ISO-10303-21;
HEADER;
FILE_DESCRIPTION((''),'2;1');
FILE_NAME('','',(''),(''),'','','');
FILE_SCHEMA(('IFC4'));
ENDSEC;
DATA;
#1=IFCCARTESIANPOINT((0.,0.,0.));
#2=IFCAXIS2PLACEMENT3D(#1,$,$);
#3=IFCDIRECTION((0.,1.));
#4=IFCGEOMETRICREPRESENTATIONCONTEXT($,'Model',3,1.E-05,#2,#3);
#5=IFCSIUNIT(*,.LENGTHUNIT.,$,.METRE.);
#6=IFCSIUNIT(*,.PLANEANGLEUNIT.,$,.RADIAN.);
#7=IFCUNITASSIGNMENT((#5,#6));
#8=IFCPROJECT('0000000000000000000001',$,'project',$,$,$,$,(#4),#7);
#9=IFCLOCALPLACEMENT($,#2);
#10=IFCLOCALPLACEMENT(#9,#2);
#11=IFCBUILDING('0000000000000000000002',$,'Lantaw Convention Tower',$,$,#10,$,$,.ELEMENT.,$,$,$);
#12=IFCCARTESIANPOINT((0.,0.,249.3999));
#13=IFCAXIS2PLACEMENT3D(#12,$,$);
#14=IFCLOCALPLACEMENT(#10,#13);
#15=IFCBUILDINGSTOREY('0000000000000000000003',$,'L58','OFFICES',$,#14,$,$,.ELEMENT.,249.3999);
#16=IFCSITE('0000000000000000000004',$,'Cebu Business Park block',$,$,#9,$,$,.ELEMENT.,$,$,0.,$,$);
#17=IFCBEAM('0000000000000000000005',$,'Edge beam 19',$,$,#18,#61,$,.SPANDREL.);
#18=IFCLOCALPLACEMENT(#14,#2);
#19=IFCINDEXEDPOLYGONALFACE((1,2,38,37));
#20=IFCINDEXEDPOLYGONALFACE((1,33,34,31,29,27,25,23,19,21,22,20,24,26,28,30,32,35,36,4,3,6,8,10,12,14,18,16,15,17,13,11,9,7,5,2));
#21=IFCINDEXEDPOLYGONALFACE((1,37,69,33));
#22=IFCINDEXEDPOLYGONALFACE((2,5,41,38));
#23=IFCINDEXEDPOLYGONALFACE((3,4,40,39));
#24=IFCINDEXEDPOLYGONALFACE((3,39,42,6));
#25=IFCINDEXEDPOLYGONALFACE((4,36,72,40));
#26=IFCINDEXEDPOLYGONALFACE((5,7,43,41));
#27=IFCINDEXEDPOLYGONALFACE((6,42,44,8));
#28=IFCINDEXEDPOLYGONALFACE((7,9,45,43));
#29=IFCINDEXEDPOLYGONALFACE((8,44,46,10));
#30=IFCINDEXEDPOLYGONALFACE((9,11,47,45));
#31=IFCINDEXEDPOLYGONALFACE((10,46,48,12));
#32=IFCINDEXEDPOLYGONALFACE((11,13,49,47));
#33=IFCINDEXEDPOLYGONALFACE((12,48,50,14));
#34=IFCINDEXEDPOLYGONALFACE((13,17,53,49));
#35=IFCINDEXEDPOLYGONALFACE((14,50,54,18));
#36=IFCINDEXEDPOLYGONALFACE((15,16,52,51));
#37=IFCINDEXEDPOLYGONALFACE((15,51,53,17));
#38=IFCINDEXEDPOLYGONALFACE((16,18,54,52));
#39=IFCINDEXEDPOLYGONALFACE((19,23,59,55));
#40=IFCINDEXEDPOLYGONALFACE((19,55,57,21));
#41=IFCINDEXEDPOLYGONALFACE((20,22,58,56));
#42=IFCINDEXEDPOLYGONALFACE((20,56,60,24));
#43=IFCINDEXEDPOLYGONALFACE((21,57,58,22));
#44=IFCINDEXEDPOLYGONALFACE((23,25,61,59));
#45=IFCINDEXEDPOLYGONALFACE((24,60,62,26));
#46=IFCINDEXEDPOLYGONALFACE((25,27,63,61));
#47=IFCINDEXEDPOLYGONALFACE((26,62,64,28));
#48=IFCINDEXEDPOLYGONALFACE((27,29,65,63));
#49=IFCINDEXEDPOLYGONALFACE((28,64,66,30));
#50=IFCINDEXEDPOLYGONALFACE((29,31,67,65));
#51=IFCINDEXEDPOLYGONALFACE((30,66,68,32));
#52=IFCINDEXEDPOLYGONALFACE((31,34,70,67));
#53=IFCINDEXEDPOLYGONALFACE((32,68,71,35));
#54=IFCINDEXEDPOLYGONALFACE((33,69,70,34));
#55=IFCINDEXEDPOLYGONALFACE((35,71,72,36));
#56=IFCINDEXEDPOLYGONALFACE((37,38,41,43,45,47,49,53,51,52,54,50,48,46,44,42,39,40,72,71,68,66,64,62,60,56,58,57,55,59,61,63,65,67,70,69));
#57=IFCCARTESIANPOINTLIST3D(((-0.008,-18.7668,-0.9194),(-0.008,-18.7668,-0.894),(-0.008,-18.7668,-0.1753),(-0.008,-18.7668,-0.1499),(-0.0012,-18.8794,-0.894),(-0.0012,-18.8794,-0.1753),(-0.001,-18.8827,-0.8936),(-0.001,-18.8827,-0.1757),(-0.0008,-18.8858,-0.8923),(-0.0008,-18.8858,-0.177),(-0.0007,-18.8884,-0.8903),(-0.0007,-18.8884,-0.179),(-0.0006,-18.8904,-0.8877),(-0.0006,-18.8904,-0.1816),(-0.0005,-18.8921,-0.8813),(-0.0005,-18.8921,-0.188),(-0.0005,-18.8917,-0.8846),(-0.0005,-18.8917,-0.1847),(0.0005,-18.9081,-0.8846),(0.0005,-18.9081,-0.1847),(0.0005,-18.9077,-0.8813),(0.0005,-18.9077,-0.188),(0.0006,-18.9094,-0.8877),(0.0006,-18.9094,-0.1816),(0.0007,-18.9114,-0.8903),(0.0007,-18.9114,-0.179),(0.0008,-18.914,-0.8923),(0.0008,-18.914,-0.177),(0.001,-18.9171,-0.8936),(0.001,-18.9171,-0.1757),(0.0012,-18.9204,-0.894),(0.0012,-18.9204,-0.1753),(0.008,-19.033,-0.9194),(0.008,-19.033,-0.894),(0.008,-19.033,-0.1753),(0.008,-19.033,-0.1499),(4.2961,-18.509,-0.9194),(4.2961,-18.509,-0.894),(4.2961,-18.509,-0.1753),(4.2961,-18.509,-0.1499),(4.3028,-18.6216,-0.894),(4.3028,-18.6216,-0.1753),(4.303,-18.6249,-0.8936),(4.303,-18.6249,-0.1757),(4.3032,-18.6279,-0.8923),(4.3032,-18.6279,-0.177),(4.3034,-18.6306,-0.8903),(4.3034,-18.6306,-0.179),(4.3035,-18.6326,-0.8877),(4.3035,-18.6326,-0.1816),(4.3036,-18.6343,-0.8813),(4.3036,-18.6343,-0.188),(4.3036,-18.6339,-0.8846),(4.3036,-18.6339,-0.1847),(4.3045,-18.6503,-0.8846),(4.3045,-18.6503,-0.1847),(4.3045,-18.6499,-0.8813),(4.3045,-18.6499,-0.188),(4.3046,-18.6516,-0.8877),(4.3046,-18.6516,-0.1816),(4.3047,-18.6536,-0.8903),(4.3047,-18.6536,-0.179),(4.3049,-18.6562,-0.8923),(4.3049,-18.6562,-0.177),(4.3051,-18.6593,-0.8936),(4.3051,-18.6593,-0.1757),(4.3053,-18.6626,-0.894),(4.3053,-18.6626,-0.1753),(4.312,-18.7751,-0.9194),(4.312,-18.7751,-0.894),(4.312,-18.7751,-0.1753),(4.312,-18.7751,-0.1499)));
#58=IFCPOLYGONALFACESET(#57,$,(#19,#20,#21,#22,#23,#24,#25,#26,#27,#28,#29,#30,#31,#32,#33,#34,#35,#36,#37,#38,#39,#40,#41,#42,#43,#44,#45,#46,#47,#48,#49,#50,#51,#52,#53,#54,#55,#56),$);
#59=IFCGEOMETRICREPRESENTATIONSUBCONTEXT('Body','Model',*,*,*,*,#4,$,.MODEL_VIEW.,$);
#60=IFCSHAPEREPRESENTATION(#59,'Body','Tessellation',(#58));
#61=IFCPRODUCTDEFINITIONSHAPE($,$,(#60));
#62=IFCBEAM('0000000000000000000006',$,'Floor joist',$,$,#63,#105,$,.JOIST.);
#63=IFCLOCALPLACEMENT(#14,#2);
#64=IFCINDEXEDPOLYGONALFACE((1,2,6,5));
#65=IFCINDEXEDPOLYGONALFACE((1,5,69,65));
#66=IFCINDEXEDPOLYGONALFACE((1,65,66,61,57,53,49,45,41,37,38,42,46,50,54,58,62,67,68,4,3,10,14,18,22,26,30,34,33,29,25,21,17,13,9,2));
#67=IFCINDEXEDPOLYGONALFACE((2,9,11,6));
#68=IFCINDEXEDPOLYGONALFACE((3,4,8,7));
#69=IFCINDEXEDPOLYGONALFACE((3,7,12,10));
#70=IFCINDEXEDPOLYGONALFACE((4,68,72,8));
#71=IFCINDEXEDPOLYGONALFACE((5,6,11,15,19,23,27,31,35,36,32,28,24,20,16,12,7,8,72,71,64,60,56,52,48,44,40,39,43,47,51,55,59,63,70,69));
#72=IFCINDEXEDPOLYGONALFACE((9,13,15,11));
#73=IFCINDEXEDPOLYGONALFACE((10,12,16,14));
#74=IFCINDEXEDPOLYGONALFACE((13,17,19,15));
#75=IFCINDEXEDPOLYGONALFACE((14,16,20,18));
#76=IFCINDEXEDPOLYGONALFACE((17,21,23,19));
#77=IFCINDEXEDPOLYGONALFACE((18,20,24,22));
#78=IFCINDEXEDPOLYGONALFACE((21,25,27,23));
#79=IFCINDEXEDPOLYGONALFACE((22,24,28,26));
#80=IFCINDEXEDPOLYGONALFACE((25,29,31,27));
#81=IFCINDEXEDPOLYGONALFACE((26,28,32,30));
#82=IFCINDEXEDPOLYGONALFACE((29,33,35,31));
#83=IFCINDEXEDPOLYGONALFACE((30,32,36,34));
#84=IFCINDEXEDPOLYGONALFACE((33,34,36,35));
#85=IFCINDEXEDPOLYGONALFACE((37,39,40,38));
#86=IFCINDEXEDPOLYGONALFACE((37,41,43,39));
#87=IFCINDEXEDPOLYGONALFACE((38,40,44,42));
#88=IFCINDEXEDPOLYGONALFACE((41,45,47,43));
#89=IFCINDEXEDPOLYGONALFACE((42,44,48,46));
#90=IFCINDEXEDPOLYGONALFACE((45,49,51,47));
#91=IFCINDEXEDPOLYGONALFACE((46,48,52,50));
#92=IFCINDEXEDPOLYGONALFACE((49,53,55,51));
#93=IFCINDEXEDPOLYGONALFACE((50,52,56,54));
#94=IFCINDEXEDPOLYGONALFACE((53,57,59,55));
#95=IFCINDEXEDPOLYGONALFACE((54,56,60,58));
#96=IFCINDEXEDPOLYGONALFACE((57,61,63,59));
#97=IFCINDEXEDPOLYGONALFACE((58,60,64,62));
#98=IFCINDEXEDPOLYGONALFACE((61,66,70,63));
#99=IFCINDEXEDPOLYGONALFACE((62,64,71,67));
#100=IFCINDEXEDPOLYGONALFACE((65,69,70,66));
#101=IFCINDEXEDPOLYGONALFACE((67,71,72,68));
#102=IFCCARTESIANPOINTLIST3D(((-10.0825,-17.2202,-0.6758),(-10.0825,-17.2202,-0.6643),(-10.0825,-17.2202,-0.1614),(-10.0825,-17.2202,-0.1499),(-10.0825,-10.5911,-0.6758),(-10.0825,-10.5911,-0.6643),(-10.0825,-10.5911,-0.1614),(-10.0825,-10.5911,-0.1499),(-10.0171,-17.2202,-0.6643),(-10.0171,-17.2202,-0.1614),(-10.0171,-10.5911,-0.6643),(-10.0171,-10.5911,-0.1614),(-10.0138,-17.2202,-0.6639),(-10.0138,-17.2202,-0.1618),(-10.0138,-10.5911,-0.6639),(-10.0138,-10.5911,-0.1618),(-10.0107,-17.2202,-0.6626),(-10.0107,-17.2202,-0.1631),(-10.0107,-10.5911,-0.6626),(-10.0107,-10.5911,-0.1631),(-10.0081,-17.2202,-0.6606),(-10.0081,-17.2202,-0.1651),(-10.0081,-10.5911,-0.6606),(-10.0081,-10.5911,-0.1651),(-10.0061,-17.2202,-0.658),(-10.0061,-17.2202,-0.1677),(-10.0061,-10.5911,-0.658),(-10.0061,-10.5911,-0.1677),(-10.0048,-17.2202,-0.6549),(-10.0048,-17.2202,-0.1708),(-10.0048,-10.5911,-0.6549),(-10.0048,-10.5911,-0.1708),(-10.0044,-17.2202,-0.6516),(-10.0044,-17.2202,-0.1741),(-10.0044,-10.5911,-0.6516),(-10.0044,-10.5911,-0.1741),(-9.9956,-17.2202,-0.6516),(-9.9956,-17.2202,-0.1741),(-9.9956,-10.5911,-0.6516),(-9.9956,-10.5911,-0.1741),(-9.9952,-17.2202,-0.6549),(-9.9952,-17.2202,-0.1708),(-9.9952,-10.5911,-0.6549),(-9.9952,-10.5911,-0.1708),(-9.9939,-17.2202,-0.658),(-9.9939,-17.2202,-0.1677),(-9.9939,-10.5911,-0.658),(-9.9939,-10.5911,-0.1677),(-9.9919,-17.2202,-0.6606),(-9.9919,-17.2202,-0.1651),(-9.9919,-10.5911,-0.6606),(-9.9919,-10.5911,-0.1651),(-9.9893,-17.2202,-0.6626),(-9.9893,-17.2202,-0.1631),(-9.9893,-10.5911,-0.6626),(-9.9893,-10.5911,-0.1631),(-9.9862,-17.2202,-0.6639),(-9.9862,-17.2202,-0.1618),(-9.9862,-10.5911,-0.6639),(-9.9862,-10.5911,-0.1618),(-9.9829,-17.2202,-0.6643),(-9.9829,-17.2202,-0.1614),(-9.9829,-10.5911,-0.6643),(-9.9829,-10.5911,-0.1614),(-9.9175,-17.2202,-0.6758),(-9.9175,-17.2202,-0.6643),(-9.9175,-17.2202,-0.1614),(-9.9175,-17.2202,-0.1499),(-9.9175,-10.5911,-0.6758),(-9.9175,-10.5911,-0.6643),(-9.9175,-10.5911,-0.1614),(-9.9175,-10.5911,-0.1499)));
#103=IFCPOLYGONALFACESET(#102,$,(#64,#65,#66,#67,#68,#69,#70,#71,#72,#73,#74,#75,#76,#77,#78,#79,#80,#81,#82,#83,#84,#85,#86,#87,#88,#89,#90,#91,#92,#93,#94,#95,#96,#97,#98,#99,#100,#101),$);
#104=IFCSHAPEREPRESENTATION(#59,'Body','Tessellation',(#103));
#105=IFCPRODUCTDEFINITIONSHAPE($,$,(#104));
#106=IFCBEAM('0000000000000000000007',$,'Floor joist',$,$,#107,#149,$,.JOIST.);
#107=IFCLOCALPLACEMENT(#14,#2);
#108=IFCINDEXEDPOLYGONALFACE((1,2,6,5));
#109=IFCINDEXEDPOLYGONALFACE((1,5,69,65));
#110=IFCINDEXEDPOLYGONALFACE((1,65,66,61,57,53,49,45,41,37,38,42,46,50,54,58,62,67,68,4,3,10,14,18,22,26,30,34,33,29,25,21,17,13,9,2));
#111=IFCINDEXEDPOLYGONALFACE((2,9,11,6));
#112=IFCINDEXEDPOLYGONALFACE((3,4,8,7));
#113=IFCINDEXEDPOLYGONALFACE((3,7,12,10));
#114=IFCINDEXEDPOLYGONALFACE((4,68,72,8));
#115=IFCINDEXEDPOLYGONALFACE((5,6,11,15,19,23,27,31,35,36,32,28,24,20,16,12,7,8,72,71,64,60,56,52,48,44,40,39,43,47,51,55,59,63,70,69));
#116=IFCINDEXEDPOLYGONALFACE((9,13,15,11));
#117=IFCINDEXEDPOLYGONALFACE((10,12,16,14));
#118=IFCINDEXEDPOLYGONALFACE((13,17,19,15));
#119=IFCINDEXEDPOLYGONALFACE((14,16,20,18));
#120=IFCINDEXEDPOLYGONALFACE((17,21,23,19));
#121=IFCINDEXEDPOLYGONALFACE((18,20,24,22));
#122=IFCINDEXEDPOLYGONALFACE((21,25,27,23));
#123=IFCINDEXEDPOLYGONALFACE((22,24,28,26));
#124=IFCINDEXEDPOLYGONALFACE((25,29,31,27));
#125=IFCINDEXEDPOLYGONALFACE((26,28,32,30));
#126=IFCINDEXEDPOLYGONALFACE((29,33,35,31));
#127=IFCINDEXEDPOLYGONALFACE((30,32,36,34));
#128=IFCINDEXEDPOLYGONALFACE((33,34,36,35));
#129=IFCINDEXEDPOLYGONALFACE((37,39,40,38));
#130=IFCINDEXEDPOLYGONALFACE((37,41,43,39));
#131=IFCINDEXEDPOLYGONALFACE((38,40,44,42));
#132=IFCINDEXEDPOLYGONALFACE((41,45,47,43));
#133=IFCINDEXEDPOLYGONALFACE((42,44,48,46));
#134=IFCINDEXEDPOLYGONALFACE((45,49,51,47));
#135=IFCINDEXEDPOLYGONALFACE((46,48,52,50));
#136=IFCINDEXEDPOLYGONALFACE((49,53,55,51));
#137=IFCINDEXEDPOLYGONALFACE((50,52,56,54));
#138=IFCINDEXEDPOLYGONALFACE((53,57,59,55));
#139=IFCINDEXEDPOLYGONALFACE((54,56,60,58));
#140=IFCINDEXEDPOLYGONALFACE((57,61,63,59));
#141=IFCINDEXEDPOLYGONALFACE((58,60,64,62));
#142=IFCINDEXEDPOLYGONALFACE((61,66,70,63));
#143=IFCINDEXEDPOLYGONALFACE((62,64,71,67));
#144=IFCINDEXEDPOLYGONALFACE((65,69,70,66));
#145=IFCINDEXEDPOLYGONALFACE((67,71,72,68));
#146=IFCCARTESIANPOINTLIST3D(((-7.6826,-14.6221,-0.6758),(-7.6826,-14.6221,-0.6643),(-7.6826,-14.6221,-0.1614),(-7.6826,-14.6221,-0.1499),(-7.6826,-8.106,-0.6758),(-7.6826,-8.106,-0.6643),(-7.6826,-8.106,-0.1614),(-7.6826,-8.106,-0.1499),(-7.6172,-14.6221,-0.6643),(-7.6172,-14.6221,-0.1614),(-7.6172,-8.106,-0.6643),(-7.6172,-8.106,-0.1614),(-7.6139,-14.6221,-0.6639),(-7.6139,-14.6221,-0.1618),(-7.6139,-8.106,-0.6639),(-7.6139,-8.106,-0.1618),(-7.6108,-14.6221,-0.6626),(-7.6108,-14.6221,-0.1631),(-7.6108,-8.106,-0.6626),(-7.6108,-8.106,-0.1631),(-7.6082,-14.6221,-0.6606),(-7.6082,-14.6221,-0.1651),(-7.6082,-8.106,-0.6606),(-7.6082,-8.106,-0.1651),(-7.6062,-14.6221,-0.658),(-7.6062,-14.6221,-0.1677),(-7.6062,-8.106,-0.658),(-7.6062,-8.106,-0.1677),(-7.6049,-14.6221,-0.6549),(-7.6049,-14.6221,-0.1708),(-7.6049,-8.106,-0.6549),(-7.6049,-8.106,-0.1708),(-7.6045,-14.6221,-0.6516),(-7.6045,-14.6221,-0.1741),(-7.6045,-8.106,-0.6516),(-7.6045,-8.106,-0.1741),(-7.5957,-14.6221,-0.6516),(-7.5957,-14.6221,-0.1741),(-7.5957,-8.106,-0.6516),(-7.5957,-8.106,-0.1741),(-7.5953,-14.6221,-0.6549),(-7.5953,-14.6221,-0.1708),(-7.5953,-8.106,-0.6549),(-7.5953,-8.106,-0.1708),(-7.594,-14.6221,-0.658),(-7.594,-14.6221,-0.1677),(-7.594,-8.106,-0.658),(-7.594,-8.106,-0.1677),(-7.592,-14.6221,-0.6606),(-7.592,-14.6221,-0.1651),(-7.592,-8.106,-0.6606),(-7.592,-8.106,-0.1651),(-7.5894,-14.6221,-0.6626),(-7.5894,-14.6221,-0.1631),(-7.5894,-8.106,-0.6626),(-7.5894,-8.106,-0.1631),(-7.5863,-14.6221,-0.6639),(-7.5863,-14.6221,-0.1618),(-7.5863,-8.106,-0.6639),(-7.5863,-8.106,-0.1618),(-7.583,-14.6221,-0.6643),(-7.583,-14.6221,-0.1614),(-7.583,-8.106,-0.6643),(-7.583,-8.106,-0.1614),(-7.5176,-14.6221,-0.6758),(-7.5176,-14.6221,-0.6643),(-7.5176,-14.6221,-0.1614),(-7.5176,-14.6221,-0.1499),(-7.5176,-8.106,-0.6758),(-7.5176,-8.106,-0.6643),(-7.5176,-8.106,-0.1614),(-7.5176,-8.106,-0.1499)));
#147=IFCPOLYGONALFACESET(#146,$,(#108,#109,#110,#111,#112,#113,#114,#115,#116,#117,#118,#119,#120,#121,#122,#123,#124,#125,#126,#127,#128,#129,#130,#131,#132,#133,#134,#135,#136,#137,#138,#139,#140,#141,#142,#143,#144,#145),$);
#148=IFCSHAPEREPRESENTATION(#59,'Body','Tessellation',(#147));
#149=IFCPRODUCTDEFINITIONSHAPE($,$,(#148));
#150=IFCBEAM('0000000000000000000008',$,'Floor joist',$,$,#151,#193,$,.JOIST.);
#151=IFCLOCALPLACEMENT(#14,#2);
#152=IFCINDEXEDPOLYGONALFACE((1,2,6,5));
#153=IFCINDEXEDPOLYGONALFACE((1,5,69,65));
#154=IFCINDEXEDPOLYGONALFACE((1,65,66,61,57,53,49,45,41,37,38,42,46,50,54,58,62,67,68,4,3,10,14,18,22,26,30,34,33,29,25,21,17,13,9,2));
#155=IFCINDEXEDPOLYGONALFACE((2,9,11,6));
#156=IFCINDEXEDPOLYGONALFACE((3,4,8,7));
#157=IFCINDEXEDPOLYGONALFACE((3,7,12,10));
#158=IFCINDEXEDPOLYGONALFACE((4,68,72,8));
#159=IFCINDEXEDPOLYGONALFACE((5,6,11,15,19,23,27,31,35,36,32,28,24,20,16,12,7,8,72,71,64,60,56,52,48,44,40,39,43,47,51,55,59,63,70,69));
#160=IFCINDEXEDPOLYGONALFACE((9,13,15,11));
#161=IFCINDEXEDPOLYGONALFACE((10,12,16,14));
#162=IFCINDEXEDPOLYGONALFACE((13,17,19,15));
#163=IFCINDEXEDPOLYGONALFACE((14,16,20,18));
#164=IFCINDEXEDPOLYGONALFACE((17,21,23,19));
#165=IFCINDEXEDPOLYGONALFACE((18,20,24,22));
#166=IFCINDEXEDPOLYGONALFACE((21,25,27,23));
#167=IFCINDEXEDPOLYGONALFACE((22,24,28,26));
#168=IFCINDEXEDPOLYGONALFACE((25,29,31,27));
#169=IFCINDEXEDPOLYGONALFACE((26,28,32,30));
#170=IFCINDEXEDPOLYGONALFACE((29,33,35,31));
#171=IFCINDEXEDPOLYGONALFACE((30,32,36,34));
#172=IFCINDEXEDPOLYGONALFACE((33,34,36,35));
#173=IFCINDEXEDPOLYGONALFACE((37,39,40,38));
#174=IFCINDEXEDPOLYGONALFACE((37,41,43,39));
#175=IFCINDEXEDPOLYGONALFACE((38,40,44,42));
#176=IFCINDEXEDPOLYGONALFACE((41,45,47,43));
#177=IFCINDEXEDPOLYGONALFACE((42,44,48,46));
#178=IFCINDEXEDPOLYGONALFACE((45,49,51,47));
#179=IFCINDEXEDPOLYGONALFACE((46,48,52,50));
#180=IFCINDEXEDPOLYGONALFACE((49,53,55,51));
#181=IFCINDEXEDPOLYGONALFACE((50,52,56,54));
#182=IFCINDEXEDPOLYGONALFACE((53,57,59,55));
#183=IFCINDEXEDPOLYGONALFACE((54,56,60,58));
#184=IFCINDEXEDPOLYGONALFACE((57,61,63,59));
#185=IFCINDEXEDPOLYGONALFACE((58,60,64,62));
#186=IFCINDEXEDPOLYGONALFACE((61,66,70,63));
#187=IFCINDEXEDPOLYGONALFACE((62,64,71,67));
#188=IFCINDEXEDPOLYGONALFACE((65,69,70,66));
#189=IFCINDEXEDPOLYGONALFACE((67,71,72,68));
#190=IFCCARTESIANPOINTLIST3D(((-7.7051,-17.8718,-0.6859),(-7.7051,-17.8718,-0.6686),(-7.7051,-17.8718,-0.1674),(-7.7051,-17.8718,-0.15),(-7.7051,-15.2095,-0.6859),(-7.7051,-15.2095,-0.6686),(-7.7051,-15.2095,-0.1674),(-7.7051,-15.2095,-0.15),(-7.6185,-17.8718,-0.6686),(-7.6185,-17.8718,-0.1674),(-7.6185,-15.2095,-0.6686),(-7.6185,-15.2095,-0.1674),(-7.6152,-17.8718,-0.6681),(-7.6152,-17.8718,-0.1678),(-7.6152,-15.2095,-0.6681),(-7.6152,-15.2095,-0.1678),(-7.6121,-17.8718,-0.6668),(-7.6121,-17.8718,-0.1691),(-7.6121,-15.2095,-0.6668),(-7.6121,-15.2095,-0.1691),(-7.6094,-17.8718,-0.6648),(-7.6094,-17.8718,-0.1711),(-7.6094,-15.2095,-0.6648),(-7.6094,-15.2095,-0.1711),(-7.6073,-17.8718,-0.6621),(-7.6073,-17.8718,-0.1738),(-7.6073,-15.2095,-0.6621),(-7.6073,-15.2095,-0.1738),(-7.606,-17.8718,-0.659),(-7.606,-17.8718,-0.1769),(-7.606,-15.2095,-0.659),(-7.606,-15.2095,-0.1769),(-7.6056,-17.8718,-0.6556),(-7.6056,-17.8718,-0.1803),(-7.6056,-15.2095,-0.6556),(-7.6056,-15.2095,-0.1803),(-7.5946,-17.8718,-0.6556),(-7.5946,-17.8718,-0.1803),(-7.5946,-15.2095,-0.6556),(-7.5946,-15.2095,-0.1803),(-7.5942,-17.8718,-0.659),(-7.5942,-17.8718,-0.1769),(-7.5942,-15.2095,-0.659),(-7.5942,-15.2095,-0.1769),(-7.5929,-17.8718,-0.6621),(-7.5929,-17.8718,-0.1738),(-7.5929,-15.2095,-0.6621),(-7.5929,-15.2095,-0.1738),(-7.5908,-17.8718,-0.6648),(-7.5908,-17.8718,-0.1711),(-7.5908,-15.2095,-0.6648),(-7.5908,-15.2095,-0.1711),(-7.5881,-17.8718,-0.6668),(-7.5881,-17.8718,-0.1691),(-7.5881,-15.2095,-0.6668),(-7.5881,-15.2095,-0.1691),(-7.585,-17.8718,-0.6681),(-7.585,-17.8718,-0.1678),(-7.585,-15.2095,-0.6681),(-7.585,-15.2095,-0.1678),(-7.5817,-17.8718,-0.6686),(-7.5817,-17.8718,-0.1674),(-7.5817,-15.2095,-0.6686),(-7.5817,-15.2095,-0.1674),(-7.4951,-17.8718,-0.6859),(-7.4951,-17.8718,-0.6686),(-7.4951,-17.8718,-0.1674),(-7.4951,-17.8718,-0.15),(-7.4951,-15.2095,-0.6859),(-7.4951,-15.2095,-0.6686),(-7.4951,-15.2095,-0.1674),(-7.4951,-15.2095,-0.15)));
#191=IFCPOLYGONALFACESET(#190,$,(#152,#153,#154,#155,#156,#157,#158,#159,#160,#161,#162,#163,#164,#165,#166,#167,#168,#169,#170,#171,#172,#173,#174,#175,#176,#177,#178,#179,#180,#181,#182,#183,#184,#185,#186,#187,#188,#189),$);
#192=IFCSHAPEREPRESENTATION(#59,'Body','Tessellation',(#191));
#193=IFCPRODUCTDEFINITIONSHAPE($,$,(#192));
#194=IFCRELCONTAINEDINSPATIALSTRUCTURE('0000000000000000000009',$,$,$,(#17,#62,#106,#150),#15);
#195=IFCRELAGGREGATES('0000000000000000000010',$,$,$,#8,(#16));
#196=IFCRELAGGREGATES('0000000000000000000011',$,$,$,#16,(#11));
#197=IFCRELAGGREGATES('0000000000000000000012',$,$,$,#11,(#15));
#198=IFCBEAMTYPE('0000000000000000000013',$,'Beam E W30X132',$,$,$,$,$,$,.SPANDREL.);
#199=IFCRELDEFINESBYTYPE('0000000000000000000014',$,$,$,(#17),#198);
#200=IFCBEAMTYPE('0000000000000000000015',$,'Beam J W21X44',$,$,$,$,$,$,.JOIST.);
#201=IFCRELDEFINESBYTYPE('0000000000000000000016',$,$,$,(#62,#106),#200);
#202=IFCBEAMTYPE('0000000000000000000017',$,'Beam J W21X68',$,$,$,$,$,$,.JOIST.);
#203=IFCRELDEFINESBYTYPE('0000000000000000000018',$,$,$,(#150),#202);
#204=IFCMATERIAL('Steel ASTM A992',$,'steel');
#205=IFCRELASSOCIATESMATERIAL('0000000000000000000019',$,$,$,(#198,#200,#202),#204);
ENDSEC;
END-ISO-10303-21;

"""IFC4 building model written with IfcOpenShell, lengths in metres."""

from ifc_helpers import new_model, si_unit, direction, frame, origin, origin_2d, place, context, subcontext, project, spatial, i_section, extrude, material, material_profile, profile_set, type_object, element, save


model = new_model("IFC4")

# Units and contexts
model_context = context("Model", 3, precision=1e-05, world=origin(), true_north=direction((0.0, 1.0)))
body_context = subcontext(model_context, "Body", "Model", "MODEL_VIEW")
ifc_project = project(units=[si_unit("LENGTHUNIT", "METRE"), si_unit("PLANEANGLEUNIT", "RADIAN")], contexts=[model_context])

# Site, building, storey
site_placement = place(None, origin())
site = spatial("IfcSite", under=ifc_project, at=site_placement, Name="Cebu Business Park block", CompositionType="ELEMENT", RefElevation=0.0)
building_placement = place(site_placement, origin())
building = spatial("IfcBuilding", under=site, at=building_placement, Name="Lantaw Convention Tower", CompositionType="ELEMENT")
storey_placement = place(building_placement, frame((0.0, 0.0, 249.3999)))
storey = spatial("IfcBuildingStorey", under=building, at=storey_placement, Name="L58", Description="OFFICES", CompositionType="ELEMENT", Elevation=249.3999)

# Beams
ifc_material_1 = material(Name="Steel ASTM A992", Category="steel")
ifc_material_profile_1 = material_profile(ifc_material_1, i_section(OverallWidth=0.2666, OverallDepth=0.7695, WebThickness=0.0156, FlangeThickness=0.0254, FilletRadius=0.0127, at=origin_2d()), Name="W30X132")
ifc_profile_set_1 = profile_set([ifc_material_profile_1], Name="Steel ASTM A992")
beam_type_1 = type_object("IfcBeamType", Name="Beam E W30X132", PredefinedType="SPANDREL", material=ifc_profile_set_1)
for number, where, z_axis, x_axis, name in (
    (1, (0.0, -18.8999, -0.5347), (0.998211, 0.059794, 0.0), (-0.059794, 0.998211, 0.0), "Edge beam 19"),
):
    element("IfcBeam", number, at=place(storey_placement, frame(where, z_axis=z_axis, x_axis=x_axis)), inside=storey, type_object=beam_type_1, Name=name, PredefinedType="SPANDREL", context=body_context, shape_type="SweptSolid", body=[
        extrude(i_section(OverallWidth=0.2666, OverallDepth=0.7695, WebThickness=0.0156, FlangeThickness=0.0254, FilletRadius=0.0127, at=origin_2d()), origin(), (0.0, 0.0, 1.0), 4.3118),
    ])
ifc_material_profile_2 = material_profile(ifc_material_1, i_section(OverallWidth=0.165, OverallDepth=0.5259, WebThickness=0.0088, FlangeThickness=0.0115, FilletRadius=0.0127, at=origin_2d()), Name="W21X44")
ifc_profile_set_2 = profile_set([ifc_material_profile_2], Name="Steel ASTM A992")
beam_type_2 = type_object("IfcBeamType", Name="Beam J W21X44", PredefinedType="JOIST", material=ifc_profile_set_2)
beam_1_placement = place(storey_placement, frame((-10.0, -17.2202, -0.4128), z_axis=(0.0, 1.0, 0.0), x_axis=(-1.0, 0.0, 0.0)))
element("IfcBeam", 2, at=beam_1_placement, inside=storey, type_object=beam_type_2, Name="Floor joist", PredefinedType="JOIST", context=body_context, shape_type="SweptSolid", body=[
    extrude(i_section(OverallWidth=0.165, OverallDepth=0.5259, WebThickness=0.0088, FlangeThickness=0.0115, FilletRadius=0.0127, at=origin_2d()), origin(), (0.0, 0.0, 1.0), 6.6292),
])
beam_2_placement = place(storey_placement, frame((-7.6001, -14.6221, -0.4128), z_axis=(0.0, 1.0, 0.0), x_axis=(-1.0, 0.0, 0.0)))
element("IfcBeam", 3, at=beam_2_placement, inside=storey, type_object=beam_type_2, Name="Floor joist", PredefinedType="JOIST", context=body_context, shape_type="SweptSolid", body=[
    extrude(i_section(OverallWidth=0.165, OverallDepth=0.5259, WebThickness=0.0088, FlangeThickness=0.0115, FilletRadius=0.0127, at=origin_2d()), origin(), (0.0, 0.0, 1.0), 6.5161),
])
ifc_material_profile_3 = material_profile(ifc_material_1, i_section(OverallWidth=0.21, OverallDepth=0.5359, WebThickness=0.011, FlangeThickness=0.0173, FilletRadius=0.0129, at=origin_2d()), Name="W21X68")
ifc_profile_set_3 = profile_set([ifc_material_profile_3], Name="Steel ASTM A992")
beam_type_3 = type_object("IfcBeamType", Name="Beam J W21X68", PredefinedType="JOIST", material=ifc_profile_set_3)
beam_3_placement = place(storey_placement, frame((-7.6001, -17.8718, -0.418), z_axis=(0.0, 1.0, 0.0), x_axis=(-1.0, 0.0, 0.0)))
element("IfcBeam", 4, at=beam_3_placement, inside=storey, type_object=beam_type_3, Name="Floor joist", PredefinedType="JOIST", context=body_context, shape_type="SweptSolid", body=[
    extrude(i_section(OverallWidth=0.21, OverallDepth=0.5359, WebThickness=0.011, FlangeThickness=0.0173, FilletRadius=0.0129, at=origin_2d()), origin(), (0.0, 0.0, 1.0), 2.6624),
])

save(model, "model.ifc")
